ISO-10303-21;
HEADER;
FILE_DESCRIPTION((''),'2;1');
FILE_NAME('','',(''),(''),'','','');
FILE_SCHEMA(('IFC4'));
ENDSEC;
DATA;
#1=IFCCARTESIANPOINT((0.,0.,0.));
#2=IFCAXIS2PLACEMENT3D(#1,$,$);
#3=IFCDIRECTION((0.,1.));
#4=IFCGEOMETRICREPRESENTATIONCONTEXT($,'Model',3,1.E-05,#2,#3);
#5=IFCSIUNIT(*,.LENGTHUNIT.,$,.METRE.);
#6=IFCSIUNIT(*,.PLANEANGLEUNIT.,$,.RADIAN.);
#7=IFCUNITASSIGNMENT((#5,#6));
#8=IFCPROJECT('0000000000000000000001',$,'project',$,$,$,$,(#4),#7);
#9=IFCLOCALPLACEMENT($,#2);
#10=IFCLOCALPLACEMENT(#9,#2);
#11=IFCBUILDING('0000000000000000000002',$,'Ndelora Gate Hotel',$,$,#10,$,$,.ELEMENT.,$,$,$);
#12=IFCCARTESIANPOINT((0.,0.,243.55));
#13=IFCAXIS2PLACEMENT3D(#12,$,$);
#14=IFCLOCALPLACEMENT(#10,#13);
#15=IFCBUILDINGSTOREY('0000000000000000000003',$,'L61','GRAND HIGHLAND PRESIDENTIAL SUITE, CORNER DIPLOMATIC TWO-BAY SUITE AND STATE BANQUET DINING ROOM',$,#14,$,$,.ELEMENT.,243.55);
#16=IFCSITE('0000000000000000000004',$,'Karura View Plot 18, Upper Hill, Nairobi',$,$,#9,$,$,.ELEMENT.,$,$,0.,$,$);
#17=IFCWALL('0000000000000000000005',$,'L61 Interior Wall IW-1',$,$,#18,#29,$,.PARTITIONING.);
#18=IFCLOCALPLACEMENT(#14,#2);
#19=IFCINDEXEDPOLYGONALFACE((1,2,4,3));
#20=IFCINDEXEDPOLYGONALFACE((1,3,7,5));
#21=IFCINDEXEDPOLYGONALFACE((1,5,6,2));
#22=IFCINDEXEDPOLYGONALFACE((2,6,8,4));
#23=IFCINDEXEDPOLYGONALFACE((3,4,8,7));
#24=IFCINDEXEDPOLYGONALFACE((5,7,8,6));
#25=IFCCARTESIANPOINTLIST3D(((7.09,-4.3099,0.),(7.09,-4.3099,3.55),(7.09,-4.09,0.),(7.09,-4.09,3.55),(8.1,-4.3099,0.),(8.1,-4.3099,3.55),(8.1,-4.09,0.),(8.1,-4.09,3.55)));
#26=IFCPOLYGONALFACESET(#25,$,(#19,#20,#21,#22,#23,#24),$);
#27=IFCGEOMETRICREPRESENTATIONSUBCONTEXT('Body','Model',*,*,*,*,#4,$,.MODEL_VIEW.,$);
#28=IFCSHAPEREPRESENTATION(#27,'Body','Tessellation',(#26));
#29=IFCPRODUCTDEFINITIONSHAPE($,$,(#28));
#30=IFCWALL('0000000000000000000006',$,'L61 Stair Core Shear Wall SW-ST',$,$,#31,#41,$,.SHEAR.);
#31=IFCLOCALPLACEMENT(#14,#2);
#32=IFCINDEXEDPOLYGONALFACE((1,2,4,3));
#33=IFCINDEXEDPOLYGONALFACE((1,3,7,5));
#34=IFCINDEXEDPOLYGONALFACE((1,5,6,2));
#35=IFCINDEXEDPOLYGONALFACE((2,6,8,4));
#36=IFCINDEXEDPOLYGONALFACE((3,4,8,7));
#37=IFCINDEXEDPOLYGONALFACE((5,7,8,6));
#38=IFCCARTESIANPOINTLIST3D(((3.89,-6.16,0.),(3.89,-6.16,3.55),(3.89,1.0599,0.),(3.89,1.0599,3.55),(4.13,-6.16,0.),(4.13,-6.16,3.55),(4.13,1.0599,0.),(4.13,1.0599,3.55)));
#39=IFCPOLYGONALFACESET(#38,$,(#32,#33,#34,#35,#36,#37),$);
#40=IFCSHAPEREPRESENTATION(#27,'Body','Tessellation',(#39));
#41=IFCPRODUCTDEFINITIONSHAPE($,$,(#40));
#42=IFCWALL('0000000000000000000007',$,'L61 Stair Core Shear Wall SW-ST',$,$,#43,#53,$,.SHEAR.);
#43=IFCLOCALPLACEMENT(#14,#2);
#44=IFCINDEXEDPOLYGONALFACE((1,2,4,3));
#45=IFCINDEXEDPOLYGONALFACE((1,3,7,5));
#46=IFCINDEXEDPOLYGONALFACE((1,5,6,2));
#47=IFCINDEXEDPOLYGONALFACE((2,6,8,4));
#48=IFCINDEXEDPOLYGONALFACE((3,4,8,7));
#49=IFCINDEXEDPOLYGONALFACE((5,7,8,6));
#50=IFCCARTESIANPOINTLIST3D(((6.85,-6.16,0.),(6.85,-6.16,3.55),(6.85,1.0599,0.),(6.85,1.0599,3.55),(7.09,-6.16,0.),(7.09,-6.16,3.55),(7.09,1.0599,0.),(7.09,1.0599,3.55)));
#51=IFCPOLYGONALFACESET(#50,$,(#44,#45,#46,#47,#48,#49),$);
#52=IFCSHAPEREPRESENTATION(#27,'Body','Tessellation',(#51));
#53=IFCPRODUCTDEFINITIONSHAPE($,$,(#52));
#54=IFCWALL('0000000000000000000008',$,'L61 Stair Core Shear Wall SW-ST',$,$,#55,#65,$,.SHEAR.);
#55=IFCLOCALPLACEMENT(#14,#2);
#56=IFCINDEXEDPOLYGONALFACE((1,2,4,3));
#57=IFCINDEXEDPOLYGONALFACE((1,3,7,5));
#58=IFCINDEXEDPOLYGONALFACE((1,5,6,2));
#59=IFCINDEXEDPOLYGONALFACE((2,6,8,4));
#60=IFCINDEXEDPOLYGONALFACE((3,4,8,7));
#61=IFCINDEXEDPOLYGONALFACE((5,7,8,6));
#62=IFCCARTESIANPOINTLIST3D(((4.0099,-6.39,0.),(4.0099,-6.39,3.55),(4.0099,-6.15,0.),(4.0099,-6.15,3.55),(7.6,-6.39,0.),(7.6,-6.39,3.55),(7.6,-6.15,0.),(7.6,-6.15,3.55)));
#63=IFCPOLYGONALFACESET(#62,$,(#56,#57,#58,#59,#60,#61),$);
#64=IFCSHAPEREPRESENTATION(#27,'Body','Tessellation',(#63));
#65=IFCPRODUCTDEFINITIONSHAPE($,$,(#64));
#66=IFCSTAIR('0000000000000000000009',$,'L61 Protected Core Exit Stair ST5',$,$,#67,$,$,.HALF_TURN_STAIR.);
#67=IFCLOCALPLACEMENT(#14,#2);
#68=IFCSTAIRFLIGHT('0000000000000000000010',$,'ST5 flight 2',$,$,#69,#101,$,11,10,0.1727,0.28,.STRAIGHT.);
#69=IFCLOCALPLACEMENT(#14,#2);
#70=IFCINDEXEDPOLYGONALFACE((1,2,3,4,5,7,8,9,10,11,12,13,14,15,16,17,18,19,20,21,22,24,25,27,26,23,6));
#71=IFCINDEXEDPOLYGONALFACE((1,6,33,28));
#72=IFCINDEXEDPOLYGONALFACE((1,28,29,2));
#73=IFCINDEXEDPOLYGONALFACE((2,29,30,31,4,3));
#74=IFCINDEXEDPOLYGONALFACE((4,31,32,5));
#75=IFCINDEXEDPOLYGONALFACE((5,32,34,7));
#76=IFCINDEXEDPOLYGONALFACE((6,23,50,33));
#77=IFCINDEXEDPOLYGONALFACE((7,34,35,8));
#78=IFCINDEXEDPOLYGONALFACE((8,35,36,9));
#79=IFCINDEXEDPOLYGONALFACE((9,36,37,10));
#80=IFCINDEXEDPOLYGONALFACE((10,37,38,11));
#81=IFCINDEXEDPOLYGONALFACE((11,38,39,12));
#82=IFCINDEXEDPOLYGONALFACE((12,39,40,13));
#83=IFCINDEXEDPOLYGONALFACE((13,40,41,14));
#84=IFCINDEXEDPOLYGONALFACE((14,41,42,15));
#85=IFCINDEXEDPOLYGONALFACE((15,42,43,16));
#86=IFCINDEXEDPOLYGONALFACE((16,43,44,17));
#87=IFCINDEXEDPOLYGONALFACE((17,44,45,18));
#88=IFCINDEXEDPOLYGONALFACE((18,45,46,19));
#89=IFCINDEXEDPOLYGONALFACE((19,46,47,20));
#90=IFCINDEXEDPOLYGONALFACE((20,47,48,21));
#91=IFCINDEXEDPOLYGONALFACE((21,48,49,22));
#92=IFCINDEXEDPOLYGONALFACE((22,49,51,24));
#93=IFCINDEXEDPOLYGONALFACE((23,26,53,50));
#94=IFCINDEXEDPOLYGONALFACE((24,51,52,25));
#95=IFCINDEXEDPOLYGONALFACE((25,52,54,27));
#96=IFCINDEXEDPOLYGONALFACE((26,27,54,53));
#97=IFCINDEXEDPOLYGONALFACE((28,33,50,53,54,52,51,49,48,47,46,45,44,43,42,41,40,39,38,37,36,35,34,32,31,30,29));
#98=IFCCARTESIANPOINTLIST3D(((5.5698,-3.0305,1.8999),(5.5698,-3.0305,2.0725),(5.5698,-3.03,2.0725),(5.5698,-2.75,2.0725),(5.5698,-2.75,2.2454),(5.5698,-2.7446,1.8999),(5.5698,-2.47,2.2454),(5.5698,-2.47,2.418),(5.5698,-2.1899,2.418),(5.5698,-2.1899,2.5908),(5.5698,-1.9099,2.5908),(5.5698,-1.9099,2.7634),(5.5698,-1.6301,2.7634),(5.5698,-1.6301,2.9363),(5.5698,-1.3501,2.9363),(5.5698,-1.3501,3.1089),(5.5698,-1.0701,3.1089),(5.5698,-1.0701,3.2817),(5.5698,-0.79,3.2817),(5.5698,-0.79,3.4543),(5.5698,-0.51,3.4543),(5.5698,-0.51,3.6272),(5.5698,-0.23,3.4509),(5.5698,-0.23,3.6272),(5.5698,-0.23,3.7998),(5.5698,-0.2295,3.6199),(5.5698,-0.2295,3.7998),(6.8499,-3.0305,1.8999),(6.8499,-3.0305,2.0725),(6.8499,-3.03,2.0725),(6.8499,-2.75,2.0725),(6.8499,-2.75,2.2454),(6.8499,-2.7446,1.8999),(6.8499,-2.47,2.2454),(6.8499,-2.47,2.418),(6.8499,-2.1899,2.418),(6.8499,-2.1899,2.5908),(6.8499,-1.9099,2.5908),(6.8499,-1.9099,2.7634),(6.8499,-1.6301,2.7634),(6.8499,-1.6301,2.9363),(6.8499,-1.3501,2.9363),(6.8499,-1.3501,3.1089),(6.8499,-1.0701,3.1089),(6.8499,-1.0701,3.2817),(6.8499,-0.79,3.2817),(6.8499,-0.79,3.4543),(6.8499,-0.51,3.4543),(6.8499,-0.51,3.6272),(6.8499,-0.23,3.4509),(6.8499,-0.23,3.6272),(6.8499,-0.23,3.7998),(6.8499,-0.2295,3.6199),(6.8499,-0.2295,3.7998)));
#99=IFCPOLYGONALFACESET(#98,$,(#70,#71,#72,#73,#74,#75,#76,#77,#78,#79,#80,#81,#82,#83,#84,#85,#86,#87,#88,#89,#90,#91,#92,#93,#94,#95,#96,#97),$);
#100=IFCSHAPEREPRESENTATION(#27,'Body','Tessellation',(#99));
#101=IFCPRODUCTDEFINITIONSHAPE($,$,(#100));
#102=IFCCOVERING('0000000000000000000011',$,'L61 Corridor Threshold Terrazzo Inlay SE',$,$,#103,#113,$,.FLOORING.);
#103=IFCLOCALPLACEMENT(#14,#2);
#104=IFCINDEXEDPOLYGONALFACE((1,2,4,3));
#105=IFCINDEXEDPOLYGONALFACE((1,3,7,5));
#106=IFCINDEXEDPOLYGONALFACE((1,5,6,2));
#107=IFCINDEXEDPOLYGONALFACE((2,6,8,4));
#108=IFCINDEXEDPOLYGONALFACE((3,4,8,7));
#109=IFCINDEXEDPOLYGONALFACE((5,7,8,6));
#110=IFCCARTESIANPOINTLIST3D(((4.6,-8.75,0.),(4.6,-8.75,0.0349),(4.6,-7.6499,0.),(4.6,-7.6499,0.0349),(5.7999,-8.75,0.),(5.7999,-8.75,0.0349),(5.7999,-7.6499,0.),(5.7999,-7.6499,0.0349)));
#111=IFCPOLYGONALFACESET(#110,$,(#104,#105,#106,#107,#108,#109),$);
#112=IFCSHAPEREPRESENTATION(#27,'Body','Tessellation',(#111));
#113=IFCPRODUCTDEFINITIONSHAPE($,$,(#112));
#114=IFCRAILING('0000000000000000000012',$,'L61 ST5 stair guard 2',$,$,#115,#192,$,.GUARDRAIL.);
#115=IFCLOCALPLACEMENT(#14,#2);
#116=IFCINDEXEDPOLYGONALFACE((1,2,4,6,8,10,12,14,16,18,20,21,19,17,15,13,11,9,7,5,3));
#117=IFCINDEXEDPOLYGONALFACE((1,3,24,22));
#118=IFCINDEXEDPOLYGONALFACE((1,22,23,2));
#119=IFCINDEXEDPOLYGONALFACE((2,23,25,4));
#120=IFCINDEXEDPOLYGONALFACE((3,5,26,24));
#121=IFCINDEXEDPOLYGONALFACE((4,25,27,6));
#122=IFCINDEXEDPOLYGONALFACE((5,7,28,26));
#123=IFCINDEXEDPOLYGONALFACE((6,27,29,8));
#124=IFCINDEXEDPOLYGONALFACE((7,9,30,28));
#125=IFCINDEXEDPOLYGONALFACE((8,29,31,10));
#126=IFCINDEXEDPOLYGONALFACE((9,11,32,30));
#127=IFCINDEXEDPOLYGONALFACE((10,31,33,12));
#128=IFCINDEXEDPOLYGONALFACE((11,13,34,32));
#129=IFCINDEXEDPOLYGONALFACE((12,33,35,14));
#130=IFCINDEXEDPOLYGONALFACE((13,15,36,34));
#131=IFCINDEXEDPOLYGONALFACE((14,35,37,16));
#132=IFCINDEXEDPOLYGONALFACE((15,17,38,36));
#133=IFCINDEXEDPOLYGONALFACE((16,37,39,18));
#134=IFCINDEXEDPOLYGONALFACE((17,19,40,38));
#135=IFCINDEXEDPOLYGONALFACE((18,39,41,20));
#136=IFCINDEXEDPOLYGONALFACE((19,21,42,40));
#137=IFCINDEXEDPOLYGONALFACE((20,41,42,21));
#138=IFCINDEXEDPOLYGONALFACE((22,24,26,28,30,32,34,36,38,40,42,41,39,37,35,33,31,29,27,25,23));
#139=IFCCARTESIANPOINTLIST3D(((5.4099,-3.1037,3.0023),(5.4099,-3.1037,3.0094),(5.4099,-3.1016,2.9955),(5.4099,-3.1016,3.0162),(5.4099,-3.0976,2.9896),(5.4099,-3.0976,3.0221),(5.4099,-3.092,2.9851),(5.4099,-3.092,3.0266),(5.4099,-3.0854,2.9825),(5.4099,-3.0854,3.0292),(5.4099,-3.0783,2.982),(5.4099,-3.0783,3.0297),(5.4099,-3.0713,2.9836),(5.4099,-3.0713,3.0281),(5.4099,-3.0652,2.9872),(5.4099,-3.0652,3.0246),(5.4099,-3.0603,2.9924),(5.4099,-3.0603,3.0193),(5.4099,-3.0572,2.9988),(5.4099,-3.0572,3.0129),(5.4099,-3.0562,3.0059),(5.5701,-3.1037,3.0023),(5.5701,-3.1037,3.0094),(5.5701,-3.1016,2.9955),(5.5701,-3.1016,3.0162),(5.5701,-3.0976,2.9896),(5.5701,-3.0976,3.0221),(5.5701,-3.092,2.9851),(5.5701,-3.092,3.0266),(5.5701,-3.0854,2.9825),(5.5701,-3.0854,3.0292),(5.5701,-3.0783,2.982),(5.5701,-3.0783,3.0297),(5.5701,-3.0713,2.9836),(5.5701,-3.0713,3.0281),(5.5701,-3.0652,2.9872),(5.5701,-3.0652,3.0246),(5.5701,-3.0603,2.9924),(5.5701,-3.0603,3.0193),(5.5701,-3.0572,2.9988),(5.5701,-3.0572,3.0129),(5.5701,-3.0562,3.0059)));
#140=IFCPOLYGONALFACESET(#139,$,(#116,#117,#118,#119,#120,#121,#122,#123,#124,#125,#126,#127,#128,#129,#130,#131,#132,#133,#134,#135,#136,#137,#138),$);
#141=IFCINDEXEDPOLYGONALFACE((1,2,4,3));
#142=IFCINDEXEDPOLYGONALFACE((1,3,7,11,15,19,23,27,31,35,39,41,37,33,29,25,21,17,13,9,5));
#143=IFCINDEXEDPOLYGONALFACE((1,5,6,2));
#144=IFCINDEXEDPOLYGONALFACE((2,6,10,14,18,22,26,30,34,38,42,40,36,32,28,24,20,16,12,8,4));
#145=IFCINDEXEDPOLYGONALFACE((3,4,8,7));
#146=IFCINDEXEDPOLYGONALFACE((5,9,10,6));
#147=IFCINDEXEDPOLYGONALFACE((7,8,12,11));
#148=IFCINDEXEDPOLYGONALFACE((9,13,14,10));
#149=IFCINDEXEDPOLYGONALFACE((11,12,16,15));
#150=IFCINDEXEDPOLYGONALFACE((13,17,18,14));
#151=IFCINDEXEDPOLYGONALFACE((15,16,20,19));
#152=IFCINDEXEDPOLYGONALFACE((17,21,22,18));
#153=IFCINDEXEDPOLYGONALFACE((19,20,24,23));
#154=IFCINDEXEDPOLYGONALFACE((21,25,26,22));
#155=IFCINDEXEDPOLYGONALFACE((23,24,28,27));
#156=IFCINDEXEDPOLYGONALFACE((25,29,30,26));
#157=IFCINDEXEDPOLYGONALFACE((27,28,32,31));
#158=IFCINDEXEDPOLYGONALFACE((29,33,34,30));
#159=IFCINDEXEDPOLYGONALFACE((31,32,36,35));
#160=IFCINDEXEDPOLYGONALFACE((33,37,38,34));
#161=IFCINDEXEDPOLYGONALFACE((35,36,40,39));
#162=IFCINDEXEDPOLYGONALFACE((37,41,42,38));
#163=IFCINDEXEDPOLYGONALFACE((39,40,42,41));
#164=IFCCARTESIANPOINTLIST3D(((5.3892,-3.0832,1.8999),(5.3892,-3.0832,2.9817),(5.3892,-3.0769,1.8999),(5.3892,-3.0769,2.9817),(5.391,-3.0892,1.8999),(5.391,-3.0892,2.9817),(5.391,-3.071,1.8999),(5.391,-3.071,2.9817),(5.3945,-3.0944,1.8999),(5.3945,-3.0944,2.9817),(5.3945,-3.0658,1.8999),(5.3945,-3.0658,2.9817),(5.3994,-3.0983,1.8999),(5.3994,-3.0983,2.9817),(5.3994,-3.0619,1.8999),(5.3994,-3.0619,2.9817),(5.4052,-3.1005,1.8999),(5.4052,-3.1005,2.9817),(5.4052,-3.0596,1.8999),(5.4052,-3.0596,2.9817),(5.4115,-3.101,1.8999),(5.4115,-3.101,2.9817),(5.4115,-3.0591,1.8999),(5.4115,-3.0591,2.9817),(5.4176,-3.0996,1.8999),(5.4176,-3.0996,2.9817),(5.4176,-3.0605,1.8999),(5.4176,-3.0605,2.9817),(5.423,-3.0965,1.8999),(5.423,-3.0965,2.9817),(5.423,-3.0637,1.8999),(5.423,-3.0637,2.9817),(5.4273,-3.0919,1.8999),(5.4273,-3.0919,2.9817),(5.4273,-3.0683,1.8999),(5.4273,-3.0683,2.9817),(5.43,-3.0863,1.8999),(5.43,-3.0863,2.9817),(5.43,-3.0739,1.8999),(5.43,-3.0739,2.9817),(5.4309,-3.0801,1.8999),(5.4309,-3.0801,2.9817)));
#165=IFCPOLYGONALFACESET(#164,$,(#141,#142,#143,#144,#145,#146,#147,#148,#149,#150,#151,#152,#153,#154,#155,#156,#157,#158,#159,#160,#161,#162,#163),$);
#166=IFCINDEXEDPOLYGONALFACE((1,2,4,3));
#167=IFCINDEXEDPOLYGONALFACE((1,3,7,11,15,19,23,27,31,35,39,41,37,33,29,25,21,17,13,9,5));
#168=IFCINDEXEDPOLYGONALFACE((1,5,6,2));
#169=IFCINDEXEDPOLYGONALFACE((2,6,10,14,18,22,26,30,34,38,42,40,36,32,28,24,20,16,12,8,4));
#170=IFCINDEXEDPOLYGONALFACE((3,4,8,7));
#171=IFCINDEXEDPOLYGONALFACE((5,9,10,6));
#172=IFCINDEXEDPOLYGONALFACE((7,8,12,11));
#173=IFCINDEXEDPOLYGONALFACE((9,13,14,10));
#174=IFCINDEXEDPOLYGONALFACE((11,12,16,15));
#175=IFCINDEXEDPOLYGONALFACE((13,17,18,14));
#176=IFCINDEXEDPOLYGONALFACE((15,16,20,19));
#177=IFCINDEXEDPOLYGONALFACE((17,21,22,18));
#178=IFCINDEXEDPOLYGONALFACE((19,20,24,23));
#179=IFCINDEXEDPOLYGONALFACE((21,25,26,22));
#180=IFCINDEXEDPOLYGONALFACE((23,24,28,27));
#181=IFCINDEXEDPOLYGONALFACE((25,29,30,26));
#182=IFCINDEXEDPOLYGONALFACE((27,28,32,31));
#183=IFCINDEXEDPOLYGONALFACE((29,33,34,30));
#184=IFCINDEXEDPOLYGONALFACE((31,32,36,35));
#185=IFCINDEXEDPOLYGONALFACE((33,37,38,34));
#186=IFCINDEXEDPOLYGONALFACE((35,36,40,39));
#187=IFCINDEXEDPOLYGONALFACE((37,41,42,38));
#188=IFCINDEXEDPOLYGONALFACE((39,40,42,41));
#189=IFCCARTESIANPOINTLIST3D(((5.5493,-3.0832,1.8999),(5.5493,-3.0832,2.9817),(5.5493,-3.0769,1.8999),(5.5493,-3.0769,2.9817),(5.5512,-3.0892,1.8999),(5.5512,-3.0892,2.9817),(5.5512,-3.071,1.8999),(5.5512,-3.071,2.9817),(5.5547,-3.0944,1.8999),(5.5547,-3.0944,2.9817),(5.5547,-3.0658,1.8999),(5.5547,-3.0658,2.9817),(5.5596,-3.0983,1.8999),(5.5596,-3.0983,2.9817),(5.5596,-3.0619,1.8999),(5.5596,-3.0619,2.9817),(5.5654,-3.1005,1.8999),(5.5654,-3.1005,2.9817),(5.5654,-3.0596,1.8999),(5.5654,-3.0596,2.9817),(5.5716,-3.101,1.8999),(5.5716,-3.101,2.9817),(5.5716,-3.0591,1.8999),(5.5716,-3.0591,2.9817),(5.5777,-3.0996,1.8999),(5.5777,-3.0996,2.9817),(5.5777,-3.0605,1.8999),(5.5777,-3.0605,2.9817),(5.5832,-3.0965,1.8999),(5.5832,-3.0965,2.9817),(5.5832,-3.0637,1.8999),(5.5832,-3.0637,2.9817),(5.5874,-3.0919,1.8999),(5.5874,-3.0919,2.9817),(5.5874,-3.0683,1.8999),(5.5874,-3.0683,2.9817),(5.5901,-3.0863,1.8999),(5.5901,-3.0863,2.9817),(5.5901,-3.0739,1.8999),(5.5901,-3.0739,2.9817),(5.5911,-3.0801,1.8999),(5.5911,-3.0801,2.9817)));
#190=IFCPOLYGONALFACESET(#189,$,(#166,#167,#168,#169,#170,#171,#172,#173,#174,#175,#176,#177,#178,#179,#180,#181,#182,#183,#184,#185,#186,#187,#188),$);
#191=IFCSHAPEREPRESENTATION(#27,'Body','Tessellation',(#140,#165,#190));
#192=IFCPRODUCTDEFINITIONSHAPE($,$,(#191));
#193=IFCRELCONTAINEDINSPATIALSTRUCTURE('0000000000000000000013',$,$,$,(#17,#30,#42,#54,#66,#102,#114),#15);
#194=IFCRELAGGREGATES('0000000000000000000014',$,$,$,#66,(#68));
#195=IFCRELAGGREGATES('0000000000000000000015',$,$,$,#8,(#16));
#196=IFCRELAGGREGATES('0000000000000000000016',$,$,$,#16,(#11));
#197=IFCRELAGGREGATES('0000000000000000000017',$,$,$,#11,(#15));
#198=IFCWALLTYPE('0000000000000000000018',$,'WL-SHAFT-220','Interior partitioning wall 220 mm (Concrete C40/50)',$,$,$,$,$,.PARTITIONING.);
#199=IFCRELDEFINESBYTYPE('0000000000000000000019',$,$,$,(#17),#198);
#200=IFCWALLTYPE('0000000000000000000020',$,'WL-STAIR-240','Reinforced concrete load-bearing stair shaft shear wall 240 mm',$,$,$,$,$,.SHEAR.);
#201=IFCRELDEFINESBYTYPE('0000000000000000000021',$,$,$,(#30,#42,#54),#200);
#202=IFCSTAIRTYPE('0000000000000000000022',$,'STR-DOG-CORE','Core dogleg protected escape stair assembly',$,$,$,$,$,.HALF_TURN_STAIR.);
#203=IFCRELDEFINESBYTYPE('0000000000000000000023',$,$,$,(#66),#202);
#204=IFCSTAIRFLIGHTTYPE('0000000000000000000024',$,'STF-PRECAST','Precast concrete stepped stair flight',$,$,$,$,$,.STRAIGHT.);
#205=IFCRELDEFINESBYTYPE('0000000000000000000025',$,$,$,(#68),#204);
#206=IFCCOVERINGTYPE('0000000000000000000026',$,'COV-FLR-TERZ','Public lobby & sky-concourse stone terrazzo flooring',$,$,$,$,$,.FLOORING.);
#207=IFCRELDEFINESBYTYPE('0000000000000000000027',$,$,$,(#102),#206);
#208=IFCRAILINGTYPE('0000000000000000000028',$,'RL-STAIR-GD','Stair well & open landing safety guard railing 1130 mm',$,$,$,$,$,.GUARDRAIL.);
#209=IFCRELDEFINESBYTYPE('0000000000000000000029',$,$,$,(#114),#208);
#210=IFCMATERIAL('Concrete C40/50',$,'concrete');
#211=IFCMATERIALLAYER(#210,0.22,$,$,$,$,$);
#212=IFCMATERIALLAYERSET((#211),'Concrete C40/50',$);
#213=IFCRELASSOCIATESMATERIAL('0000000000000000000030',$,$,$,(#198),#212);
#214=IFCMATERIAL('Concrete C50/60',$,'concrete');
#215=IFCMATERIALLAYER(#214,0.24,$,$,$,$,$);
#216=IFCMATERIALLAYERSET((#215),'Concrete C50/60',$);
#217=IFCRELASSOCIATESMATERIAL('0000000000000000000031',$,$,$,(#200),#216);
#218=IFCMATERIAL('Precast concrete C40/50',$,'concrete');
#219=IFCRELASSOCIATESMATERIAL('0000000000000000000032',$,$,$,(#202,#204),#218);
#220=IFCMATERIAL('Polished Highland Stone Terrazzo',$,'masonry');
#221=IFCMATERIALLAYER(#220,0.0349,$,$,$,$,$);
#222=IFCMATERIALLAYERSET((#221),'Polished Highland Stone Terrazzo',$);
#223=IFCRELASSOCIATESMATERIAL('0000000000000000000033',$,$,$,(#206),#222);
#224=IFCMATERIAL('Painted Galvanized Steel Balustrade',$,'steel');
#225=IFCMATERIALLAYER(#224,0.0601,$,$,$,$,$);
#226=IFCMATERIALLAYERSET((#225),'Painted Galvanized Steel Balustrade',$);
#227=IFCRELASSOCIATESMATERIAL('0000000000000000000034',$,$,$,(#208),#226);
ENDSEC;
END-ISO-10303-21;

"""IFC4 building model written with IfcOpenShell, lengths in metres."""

from ifc_helpers import new_model, si_unit, direction, frame, frame_2d, origin, origin_2d, place, context, subcontext, project, spatial, polyline, rectangle, circle, outline, extrude, material, layer, layer_set, type_object, element, aggregate, save


model = new_model("IFC4")

# Units and contexts
model_context = context("Model", 3, precision=1e-05, world=origin(), true_north=direction((0.0, 1.0)))
body_context = subcontext(model_context, "Body", "Model", "MODEL_VIEW")
ifc_project = project(units=[si_unit("LENGTHUNIT", "METRE"), si_unit("PLANEANGLEUNIT", "RADIAN")], contexts=[model_context])

# Site, building, storey
site_placement = place(None, origin())
site = spatial("IfcSite", under=ifc_project, at=site_placement, Name="Karura View Plot 18, Upper Hill, Nairobi", CompositionType="ELEMENT", RefElevation=0.0)
building_placement = place(site_placement, origin())
building = spatial("IfcBuilding", under=site, at=building_placement, Name="Ndelora Gate Hotel", CompositionType="ELEMENT")
storey_placement = place(building_placement, frame((0.0, 0.0, 243.55)))
storey = spatial("IfcBuildingStorey", under=building, at=storey_placement, Name="L61", Description="GRAND HIGHLAND PRESIDENTIAL SUITE, CORNER DIPLOMATIC TWO-BAY SUITE AND STATE BANQUET DINING ROOM", CompositionType="ELEMENT", Elevation=243.55)

# Shared definitions
ifc_material_1 = material(Name="Concrete C50/60", Category="concrete")

# Walls
ifc_material_2 = material(Name="Concrete C40/50", Category="concrete")
ifc_layer_1 = layer(ifc_material_2, 0.22)
ifc_layer_set_1 = layer_set([ifc_layer_1], Name="Concrete C40/50")
wall_type_1 = type_object("IfcWallType", Name="WL-SHAFT-220", Description="Interior partitioning wall 220 mm (Concrete C40/50)", PredefinedType="PARTITIONING", material=ifc_layer_set_1)
wall_1_placement = place(storey_placement, frame((7.0901, -4.2, 0.0), z_axis=(0.0, 0.0, 1.0), x_axis=(1.0, 0.0, 0.0)))
element("IfcWall", 1, at=wall_1_placement, inside=storey, type_object=wall_type_1, Name="L61 Interior Wall IW-1", PredefinedType="PARTITIONING", context=body_context, shape_type="SweptSolid", body=[
    extrude(rectangle(XDim=1.01, YDim=0.22, at=frame_2d((0.5049, 0.0))), origin(), (0.0, 0.0, 1.0), 3.55),
])
ifc_layer_2 = layer(ifc_material_1, 0.24)
ifc_layer_set_2 = layer_set([ifc_layer_2], Name="Concrete C50/60")
wall_type_2 = type_object("IfcWallType", Name="WL-STAIR-240", Description="Reinforced concrete load-bearing stair shaft shear wall 240 mm", PredefinedType="SHEAR", material=ifc_layer_set_2)
for number, where, z_axis, x_axis, name in (
    (2, (4.01, -6.1599, 0.0), (0.0, 0.0, 1.0), (0.0, 1.0, 0.0), "L61 Stair Core Shear Wall SW-ST"),
    (3, (6.97, -6.1599, 0.0), (0.0, 0.0, 1.0), (0.0, 1.0, 0.0), "L61 Stair Core Shear Wall SW-ST"),
):
    element("IfcWall", number, at=place(storey_placement, frame(where, z_axis=z_axis, x_axis=x_axis)), inside=storey, type_object=wall_type_2, Name=name, PredefinedType="SHEAR", context=body_context, shape_type="SweptSolid", body=[
        extrude(rectangle(XDim=7.22, YDim=0.24, at=frame_2d((3.6099, 0.0))), origin(), (0.0, 0.0, 1.0), 3.55),
    ])
wall_2_placement = place(storey_placement, frame((4.01, -6.27, 0.0), z_axis=(0.0, 0.0, 1.0), x_axis=(1.0, 0.0, 0.0)))
element("IfcWall", 4, at=wall_2_placement, inside=storey, type_object=wall_type_2, Name="L61 Stair Core Shear Wall SW-ST", PredefinedType="SHEAR", context=body_context, shape_type="SweptSolid", body=[
    extrude(rectangle(XDim=3.5901, YDim=0.24, at=frame_2d((1.7949, 0.0))), origin(), (0.0, 0.0, 1.0), 3.55),
])

# Stair, stair flight
ifc_material_3 = material(Name="Precast concrete C40/50", Category="concrete")
stair_type = type_object("IfcStairType", Name="STR-DOG-CORE", Description="Core dogleg protected escape stair assembly", PredefinedType="HALF_TURN_STAIR", material=ifc_material_3)
stair_placement = place(storey_placement, origin())
stair = element("IfcStair", 5, at=stair_placement, inside=storey, type_object=stair_type, Name="L61 Protected Core Exit Stair ST5", PredefinedType="HALF_TURN_STAIR")
stair_flight_type = type_object("IfcStairFlightType", Name="STF-PRECAST", Description="Precast concrete stepped stair flight", PredefinedType="STRAIGHT", material=ifc_material_3)
stair_flight_placement = place(storey_placement, frame((6.21, -3.03, 1.8999), z_axis=(0.0, 0.0, 1.0), x_axis=(0.0, 1.0, 0.0)))
stair_flight = element("IfcStairFlight", 6, at=stair_flight_placement, type_object=stair_flight_type, Name="ST5 flight 2", NumberOfRisers=11, NumberOfTreads=10, PredefinedType="STRAIGHT", RiserHeight=0.1727, TreadLength=0.28, context=body_context, shape_type="SweptSolid", body=[
    extrude(outline(polyline([(-0.0005, 0.0), (-0.0005, 0.1726), (0.0, 0.1726), (0.28, 0.1726), (0.28, 0.3455), (0.5601, 0.3455), (0.5601, 0.5181), (0.8401, 0.5181), (0.8401, 0.6909), (1.1201, 0.6909), (1.1201, 0.8635), (1.3999, 0.8635), (1.3999, 1.0364), (1.6799, 1.0364), (1.6799, 1.209), (1.96, 1.209), (1.96, 1.3818), (2.24, 1.3818), (2.24, 1.5544), (2.52, 1.5544), (2.52, 1.7273), (2.8, 1.7273), (2.8, 1.8999), (2.8005, 1.8999), (2.8005, 1.72), (2.8, 1.551), (0.2854, 0.0), (-0.0005, 0.0)])), frame((0.0, 0.6401, 0.0), z_axis=(0.0, -1.0, 0.0), x_axis=(1.0, 0.0, 0.0)), (0.0, 0.0, 1.0), 1.28),
])
aggregate(stair, [stair_flight])

# Covering
ifc_material_4 = material(Name="Polished Highland Stone Terrazzo", Category="masonry")
ifc_layer_3 = layer(ifc_material_4, 0.0349)
ifc_layer_set_3 = layer_set([ifc_layer_3], Name="Polished Highland Stone Terrazzo")
covering_type = type_object("IfcCoveringType", Name="COV-FLR-TERZ", Description="Public lobby & sky-concourse stone terrazzo flooring", PredefinedType="FLOORING", material=ifc_layer_set_3)
covering_placement = place(storey_placement, frame((5.2, -8.2, 0.0), z_axis=(0.0, 0.0, 1.0), x_axis=(1.0, 0.0, 0.0)))
element("IfcCovering", 7, at=covering_placement, inside=storey, type_object=covering_type, Name="L61 Corridor Threshold Terrazzo Inlay SE", PredefinedType="FLOORING", context=body_context, shape_type="SweptSolid", body=[
    extrude(rectangle(XDim=1.2, YDim=1.1001, at=origin_2d()), origin(), (0.0, 0.0, 1.0), 0.0349),
])

# Railing
ifc_material_5 = material(Name="Painted Galvanized Steel Balustrade", Category="steel")
ifc_layer_4 = layer(ifc_material_5, 0.0601)
ifc_layer_set_4 = layer_set([ifc_layer_4], Name="Painted Galvanized Steel Balustrade")
railing_type_1 = type_object("IfcRailingType", Name="RL-STAIR-GD", Description="Stair well & open landing safety guard railing 1130 mm", PredefinedType="GUARDRAIL", material=ifc_layer_set_4)
railing_1_placement = place(storey_placement, frame((5.4099, -3.0801, 1.8999)))
element("IfcRailing", 8, at=railing_1_placement, inside=storey, type_object=railing_type_1, Name="L61 ST5 stair guard 2", PredefinedType="GUARDRAIL", context=body_context, shape_type="SweptSolid", body=[
    extrude(circle(Radius=0.0239, at=origin_2d()), frame((0.0, 0.0, 1.106), z_axis=(1.0, 0.0, 0.0), x_axis=(0.0, 1.0, 0.0)), (0.0, 0.0, 1.0), 0.1602),
    extrude(circle(Radius=0.021, at=origin_2d()), origin(), (0.0, 0.0, 1.0), 1.0818),
    extrude(circle(Radius=0.021, at=origin_2d()), frame((0.1602, 0.0, 0.0)), (0.0, 0.0, 1.0), 1.0818),
])

save(model, "model.ifc")
